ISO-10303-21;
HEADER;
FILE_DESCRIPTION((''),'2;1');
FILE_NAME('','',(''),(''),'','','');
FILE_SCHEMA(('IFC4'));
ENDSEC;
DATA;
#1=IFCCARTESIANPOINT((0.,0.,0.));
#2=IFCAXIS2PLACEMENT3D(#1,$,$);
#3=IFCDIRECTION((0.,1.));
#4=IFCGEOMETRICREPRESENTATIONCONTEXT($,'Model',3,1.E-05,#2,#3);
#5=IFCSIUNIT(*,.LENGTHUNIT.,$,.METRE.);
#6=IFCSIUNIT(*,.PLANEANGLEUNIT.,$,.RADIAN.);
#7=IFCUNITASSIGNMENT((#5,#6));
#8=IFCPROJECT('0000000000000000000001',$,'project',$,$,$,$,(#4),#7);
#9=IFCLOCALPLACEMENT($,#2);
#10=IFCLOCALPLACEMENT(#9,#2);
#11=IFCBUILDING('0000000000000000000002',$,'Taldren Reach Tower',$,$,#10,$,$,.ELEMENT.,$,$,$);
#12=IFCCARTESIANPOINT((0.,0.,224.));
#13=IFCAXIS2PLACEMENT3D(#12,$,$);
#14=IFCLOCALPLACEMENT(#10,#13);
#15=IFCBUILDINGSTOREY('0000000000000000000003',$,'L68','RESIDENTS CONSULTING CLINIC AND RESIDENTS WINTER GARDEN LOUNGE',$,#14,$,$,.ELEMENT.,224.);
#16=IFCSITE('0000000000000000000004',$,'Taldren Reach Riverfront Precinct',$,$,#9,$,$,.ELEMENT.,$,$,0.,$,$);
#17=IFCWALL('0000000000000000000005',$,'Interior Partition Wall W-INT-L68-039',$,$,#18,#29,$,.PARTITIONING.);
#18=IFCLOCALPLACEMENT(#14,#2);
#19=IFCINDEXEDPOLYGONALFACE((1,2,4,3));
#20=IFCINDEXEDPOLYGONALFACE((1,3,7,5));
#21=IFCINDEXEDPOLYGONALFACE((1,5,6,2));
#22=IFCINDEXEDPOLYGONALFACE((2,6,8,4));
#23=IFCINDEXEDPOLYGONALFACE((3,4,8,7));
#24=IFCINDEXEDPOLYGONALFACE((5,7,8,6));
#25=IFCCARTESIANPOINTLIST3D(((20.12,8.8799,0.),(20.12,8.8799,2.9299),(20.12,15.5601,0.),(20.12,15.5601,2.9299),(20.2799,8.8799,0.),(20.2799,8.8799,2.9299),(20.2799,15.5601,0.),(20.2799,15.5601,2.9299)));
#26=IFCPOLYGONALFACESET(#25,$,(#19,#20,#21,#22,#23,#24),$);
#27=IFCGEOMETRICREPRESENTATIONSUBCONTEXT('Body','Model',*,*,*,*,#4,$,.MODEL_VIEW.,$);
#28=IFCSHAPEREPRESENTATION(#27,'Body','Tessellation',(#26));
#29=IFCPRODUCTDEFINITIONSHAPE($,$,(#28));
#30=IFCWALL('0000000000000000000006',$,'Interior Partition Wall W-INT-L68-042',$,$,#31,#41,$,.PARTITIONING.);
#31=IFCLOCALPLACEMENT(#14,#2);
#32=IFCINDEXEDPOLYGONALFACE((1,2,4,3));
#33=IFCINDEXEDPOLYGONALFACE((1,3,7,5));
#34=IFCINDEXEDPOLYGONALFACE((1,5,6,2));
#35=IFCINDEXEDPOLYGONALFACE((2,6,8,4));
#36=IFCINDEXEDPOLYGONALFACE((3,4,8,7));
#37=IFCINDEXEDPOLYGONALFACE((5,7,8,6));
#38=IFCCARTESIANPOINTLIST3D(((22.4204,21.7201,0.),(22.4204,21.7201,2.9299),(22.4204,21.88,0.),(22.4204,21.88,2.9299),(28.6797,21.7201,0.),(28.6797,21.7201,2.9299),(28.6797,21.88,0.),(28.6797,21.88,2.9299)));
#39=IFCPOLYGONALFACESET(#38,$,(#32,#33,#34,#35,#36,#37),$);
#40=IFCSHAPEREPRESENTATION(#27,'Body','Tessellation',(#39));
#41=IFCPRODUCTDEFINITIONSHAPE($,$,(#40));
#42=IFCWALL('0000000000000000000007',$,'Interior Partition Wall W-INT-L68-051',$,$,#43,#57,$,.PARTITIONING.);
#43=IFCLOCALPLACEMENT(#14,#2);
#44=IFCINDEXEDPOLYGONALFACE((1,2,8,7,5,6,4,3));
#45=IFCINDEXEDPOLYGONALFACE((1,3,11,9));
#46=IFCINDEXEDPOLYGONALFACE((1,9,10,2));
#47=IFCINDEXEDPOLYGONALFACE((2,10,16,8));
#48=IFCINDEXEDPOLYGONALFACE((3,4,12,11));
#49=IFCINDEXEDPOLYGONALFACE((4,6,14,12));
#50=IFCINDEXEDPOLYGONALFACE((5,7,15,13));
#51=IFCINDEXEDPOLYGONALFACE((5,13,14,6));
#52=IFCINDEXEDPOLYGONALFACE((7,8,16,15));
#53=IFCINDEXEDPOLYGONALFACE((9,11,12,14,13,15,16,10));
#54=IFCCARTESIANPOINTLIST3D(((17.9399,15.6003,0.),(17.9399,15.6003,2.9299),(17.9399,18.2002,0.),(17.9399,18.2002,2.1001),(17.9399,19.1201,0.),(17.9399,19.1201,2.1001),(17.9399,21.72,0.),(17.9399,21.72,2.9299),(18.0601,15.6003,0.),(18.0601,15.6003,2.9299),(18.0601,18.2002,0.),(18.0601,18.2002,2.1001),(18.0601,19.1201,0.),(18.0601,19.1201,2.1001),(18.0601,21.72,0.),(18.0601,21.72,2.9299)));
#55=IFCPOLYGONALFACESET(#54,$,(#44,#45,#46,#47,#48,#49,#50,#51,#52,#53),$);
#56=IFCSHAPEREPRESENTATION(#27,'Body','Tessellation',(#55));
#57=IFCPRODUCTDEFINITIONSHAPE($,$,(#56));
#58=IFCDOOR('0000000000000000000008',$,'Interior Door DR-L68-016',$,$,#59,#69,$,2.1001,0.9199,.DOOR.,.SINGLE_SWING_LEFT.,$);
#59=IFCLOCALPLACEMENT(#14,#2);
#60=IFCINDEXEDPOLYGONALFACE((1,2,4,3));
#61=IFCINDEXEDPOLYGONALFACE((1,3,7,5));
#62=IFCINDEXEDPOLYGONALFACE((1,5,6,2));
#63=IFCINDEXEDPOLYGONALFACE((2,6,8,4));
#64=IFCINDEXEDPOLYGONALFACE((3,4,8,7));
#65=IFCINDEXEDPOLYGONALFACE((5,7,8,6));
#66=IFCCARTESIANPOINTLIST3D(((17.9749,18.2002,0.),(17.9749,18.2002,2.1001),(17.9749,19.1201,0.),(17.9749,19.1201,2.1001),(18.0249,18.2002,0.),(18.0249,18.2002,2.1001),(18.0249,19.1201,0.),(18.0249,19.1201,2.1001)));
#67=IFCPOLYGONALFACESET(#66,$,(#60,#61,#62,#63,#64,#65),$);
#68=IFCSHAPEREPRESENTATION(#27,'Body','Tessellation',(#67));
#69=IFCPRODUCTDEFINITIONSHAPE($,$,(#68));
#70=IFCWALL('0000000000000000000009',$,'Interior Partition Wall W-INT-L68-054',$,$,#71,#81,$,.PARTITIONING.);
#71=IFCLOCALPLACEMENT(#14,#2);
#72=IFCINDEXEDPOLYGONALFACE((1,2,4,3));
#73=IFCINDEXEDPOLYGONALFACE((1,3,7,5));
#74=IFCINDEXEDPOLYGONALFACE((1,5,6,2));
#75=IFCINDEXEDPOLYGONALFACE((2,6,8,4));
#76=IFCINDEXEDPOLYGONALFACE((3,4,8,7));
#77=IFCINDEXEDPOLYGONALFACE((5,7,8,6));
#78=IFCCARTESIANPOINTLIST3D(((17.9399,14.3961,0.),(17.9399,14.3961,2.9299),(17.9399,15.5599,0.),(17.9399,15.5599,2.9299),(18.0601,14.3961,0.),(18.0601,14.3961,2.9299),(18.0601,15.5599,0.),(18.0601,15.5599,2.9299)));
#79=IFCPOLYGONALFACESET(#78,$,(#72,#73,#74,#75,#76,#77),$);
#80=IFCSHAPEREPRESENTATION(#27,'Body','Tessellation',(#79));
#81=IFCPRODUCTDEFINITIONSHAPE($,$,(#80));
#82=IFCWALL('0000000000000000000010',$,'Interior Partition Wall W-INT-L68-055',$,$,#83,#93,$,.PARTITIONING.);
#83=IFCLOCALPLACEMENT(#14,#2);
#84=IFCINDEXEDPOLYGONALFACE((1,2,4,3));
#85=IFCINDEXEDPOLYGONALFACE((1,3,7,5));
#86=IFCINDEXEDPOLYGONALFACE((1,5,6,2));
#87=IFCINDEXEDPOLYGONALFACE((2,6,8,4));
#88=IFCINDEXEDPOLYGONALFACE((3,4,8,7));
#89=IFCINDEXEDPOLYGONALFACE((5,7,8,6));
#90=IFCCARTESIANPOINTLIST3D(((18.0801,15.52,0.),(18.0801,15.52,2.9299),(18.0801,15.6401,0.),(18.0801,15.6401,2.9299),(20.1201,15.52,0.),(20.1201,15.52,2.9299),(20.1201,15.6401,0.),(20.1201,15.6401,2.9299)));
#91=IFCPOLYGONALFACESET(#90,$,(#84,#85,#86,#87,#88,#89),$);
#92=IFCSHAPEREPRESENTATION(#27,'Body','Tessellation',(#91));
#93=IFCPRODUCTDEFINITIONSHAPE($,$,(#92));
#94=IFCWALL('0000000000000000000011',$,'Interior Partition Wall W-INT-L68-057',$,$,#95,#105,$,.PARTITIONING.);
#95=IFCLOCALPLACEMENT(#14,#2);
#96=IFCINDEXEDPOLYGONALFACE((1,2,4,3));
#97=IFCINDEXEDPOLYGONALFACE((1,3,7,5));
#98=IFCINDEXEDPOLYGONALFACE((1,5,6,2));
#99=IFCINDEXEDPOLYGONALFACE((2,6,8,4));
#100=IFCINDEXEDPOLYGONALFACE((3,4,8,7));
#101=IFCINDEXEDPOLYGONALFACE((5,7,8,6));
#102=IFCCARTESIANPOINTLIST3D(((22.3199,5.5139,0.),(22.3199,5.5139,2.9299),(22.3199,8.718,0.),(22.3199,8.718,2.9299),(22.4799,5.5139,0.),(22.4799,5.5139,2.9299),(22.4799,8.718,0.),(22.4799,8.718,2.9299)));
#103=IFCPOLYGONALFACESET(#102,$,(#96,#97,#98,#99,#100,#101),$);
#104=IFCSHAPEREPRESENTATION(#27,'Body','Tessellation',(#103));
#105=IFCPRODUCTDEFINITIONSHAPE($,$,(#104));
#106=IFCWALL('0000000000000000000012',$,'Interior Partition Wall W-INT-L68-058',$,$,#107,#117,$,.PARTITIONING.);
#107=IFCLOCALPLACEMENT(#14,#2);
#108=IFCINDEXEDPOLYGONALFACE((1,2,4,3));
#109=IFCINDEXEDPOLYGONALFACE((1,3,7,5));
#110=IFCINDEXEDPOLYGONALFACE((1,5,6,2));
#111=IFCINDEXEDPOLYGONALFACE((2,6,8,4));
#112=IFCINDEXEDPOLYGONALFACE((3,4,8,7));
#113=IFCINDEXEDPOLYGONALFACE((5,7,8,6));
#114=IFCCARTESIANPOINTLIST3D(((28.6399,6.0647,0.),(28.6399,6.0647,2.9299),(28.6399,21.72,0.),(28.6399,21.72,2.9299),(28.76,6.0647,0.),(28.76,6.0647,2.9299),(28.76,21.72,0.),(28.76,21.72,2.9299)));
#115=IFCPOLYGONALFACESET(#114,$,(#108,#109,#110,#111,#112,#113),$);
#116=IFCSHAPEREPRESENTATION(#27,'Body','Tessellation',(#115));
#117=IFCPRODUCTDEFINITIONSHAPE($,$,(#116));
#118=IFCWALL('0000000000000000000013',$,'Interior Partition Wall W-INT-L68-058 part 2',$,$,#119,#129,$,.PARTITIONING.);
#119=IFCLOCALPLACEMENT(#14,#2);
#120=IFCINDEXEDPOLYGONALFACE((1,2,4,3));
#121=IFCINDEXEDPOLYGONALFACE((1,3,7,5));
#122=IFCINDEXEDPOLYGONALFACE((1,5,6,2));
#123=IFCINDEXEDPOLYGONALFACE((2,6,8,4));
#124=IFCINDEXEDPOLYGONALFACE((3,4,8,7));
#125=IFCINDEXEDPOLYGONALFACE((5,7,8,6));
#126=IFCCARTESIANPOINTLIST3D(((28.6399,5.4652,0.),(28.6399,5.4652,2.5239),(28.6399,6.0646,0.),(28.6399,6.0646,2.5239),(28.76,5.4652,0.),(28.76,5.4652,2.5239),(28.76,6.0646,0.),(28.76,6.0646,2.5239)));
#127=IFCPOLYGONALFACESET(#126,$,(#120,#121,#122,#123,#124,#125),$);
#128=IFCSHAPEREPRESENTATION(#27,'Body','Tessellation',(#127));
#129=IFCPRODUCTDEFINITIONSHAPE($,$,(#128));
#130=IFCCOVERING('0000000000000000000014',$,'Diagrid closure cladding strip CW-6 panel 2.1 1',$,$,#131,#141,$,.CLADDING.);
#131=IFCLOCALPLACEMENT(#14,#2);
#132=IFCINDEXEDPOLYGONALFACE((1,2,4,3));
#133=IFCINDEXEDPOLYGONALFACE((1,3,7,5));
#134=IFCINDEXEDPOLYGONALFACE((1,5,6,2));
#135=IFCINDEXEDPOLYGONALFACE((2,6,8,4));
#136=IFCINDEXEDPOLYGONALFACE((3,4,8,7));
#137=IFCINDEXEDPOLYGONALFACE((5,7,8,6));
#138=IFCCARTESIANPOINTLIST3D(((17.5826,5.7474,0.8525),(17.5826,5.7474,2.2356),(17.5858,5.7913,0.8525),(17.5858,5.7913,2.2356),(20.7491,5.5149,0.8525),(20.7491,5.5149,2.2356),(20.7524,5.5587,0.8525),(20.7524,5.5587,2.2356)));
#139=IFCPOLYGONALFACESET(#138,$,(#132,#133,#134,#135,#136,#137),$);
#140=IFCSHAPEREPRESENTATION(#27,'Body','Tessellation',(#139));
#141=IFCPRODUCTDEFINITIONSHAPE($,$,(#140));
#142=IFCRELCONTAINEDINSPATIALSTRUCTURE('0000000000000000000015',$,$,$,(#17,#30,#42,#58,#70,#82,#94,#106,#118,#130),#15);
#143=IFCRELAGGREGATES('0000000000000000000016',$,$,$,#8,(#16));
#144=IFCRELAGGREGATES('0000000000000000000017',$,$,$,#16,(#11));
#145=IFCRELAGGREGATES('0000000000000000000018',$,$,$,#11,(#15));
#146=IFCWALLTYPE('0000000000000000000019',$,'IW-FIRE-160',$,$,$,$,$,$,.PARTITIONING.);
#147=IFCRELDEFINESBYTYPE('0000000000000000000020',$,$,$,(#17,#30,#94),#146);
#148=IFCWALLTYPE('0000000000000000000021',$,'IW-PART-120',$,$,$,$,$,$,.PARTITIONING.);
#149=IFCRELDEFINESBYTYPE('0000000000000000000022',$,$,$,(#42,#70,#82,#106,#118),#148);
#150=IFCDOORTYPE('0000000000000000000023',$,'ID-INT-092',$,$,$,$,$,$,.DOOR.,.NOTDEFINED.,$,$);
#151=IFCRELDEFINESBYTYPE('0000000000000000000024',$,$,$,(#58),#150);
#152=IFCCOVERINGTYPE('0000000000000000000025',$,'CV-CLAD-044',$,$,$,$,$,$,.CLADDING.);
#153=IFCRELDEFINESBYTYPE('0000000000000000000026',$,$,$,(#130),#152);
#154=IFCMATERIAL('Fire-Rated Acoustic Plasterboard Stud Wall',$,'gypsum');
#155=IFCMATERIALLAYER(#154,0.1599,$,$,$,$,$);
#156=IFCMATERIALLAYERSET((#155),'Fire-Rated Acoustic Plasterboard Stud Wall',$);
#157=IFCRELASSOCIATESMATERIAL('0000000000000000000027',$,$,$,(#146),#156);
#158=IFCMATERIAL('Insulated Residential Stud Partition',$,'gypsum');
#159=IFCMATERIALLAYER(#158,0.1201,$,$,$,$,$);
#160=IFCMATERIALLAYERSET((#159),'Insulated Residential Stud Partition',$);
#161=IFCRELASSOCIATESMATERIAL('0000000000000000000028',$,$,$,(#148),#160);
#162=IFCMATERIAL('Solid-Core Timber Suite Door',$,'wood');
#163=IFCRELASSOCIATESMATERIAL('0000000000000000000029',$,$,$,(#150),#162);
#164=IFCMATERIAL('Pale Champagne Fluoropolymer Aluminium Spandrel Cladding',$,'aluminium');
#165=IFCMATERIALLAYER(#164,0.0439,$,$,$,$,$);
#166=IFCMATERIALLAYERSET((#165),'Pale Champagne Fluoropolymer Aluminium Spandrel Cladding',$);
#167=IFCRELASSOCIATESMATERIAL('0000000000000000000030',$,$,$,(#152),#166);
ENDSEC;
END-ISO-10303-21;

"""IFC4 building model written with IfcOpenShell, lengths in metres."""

from ifc_helpers import new_model, si_unit, direction, frame, frame_2d, origin, origin_2d, place, context, subcontext, project, spatial, rectangle, extrude, source, transform, mapped, material, layer, layer_set, type_object, element, fill, save


model = new_model("IFC4")

# Units and contexts
model_context = context("Model", 3, precision=1e-05, world=origin(), true_north=direction((0.0, 1.0)))
body_context = subcontext(model_context, "Body", "Model", "MODEL_VIEW")
ifc_project = project(units=[si_unit("LENGTHUNIT", "METRE"), si_unit("PLANEANGLEUNIT", "RADIAN")], contexts=[model_context])

# Site, building, storey
site_placement = place(None, origin())
site = spatial("IfcSite", under=ifc_project, at=site_placement, Name="Taldren Reach Riverfront Precinct", CompositionType="ELEMENT", RefElevation=0.0)
building_placement = place(site_placement, origin())
building = spatial("IfcBuilding", under=site, at=building_placement, Name="Taldren Reach Tower", CompositionType="ELEMENT")
storey_placement = place(building_placement, frame((0.0, 0.0, 224.0)))
storey = spatial("IfcBuildingStorey", under=building, at=storey_placement, Name="L68", Description="RESIDENTS CONSULTING CLINIC AND RESIDENTS WINTER GARDEN LOUNGE", CompositionType="ELEMENT", Elevation=224.0)

# Shared definitions
ifc_material_1 = material(Name="Fire-Rated Acoustic Plasterboard Stud Wall", Category="gypsum")
ifc_layer_1 = layer(ifc_material_1, 0.1599)
ifc_layer_set_1 = layer_set([ifc_layer_1], Name="Fire-Rated Acoustic Plasterboard Stud Wall")
wall_type_1 = type_object("IfcWallType", Name="IW-FIRE-160", PredefinedType="PARTITIONING", material=ifc_layer_set_1)
ifc_material_2 = material(Name="Insulated Residential Stud Partition", Category="gypsum")
ifc_layer_2 = layer(ifc_material_2, 0.1201)
ifc_layer_set_2 = layer_set([ifc_layer_2], Name="Insulated Residential Stud Partition")
wall_type_2 = type_object("IfcWallType", Name="IW-PART-120", PredefinedType="PARTITIONING", material=ifc_layer_set_2)

# Shared definitions
ifc_material_3 = material(Name="Solid-Core Timber Suite Door", Category="wood")
door_type = type_object("IfcDoorType", Name="ID-INT-092", OperationType="NOTDEFINED", PredefinedType="DOOR", material=ifc_material_3)
shared_shape_1 = source(origin(), body_context, "Body", "SweptSolid", [
    extrude(rectangle(XDim=0.9199, YDim=2.1001, at=frame_2d((0.46, 1.05))), frame((0.0, 0.0249, 0.0), z_axis=(0.0, -1.0, 0.0), x_axis=(1.0, 0.0, 0.0)), (0.0, 0.0, 1.0), 0.05),
])

# Walls
shared_shape_2 = source(origin(), body_context, "Body", "SweptSolid", [
    extrude(rectangle(XDim=6.6802, YDim=0.1599, at=frame_2d((3.3401, 0.0))), origin(), (0.0, 0.0, 1.0), 2.9299),
])
wall_1_placement = place(storey_placement, frame((20.2, 8.8799, 0.0), z_axis=(0.0, 0.0, 1.0), x_axis=(0.0, 1.0, 0.0)))
element("IfcWall", 1, at=wall_1_placement, inside=storey, type_object=wall_type_1, Name="Interior Partition Wall W-INT-L68-039", PredefinedType="PARTITIONING", context=body_context, shape_type="MappedRepresentation", body=[
    mapped(shared_shape_2, transform((0.0, 0.0, 0.0), scale=1.0)),
])
shared_shape_3 = source(origin(), body_context, "Body", "SweptSolid", [
    extrude(rectangle(XDim=6.2593, YDim=0.1599, at=frame_2d((3.1296, 0.0))), origin(), (0.0, 0.0, 1.0), 2.9299),
])
wall_2_placement = place(storey_placement, frame((28.6797, 21.8, 0.0), z_axis=(0.0, 0.0, 1.0), x_axis=(-1.0, 0.0, 0.0)))
element("IfcWall", 2, at=wall_2_placement, inside=storey, type_object=wall_type_1, Name="Interior Partition Wall W-INT-L68-042", PredefinedType="PARTITIONING", context=body_context, shape_type="MappedRepresentation", body=[
    mapped(shared_shape_3, transform((0.0, 0.0, 0.0), scale=1.0)),
])

# Wall, opening, door
shared_shape_4 = source(origin(), body_context, "Body", "SweptSolid", [
    extrude(rectangle(XDim=6.1196, YDim=0.1201, at=frame_2d((3.0598, 0.0))), origin(), (0.0, 0.0, 1.0), 2.9299),
])
wall_3_placement = place(storey_placement, frame((18.0, 21.72, 0.0), z_axis=(0.0, 0.0, 1.0), x_axis=(0.0, -1.0, 0.0)))
wall_3 = element("IfcWall", 3, at=wall_3_placement, inside=storey, type_object=wall_type_2, Name="Interior Partition Wall W-INT-L68-051", PredefinedType="PARTITIONING", context=body_context, shape_type="MappedRepresentation", body=[
    mapped(shared_shape_4, transform((0.0, 0.0, 0.0), scale=1.0)),
])
shared_shape_5 = source(origin(), body_context, "Body", "SweptSolid", [
    extrude(rectangle(XDim=0.9199, YDim=2.1001, at=frame_2d((0.46, 1.05))), frame((0.0, 0.0701, 0.0), z_axis=(0.0, -1.0, 0.0), x_axis=(1.0, 0.0, 0.0)), (0.0, 0.0, 1.0), 0.1401),
])
opening_1_placement = place(wall_3_placement, frame((2.5999, 0.0, 0.0)))
opening_1 = element("IfcOpeningElement", 4, at=opening_1_placement, cuts=wall_3, PredefinedType="OPENING", context=body_context, shape_type="MappedRepresentation", body=[
    mapped(shared_shape_5, transform((0.0, 0.0, 0.0), scale=1.0)),
])
door_1_placement = place(opening_1_placement, origin())
door_1 = element("IfcDoor", 5, at=door_1_placement, inside=storey, type_object=door_type, Name="Interior Door DR-L68-016", OperationType="SINGLE_SWING_LEFT", OverallHeight=2.1001, OverallWidth=0.9199, PredefinedType="DOOR", context=body_context, shape_type="MappedRepresentation", body=[
    mapped(shared_shape_1, transform((0.0, 0.0, 0.0), scale=1.0)),
])
fill(opening_1, door_1)

# Walls
shared_shape_6 = source(origin(), body_context, "Body", "SweptSolid", [
    extrude(rectangle(XDim=1.1638, YDim=0.1201, at=frame_2d((0.582, 0.0))), origin(), (0.0, 0.0, 1.0), 2.9299),
])
wall_4_placement = place(storey_placement, frame((18.0, 15.5601, 0.0), z_axis=(0.0, 0.0, 1.0), x_axis=(0.0, -1.0, 0.0)))
element("IfcWall", 6, at=wall_4_placement, inside=storey, type_object=wall_type_2, Name="Interior Partition Wall W-INT-L68-054", PredefinedType="PARTITIONING", context=body_context, shape_type="MappedRepresentation", body=[
    mapped(shared_shape_6, transform((0.0, 0.0, 0.0), scale=1.0)),
])
shared_shape_7 = source(origin(), body_context, "Body", "SweptSolid", [
    extrude(rectangle(XDim=2.04, YDim=0.1201, at=frame_2d((1.02, 0.0))), origin(), (0.0, 0.0, 1.0), 2.9299),
])
wall_5_placement = place(storey_placement, frame((20.1201, 15.5801, 0.0), z_axis=(0.0, 0.0, 1.0), x_axis=(-1.0, 0.0, 0.0)))
element("IfcWall", 7, at=wall_5_placement, inside=storey, type_object=wall_type_2, Name="Interior Partition Wall W-INT-L68-055", PredefinedType="PARTITIONING", context=body_context, shape_type="MappedRepresentation", body=[
    mapped(shared_shape_7, transform((0.0, 0.0, 0.0), scale=1.0)),
])
shared_shape_8 = source(origin(), body_context, "Body", "SweptSolid", [
    extrude(rectangle(XDim=3.2041, YDim=0.1599, at=frame_2d((1.6021, 0.0))), origin(), (0.0, 0.0, 1.0), 2.9299),
])
wall_6_placement = place(storey_placement, frame((22.3999, 8.718, 0.0), z_axis=(0.0, 0.0, 1.0), x_axis=(0.0, -1.0, 0.0)))
element("IfcWall", 8, at=wall_6_placement, inside=storey, type_object=wall_type_1, Name="Interior Partition Wall W-INT-L68-057", PredefinedType="PARTITIONING", context=body_context, shape_type="MappedRepresentation", body=[
    mapped(shared_shape_8, transform((0.0, 0.0, 0.0), scale=1.0)),
])
shared_shape_9 = source(origin(), body_context, "Body", "SweptSolid", [
    extrude(rectangle(XDim=15.6553, YDim=0.1201, at=frame_2d((7.8276, 0.0))), origin(), (0.0, 0.0, 1.0), 2.9299),
])
wall_7_placement = place(storey_placement, frame((28.7, 21.72, 0.0), z_axis=(0.0, 0.0, 1.0), x_axis=(0.0, -1.0, 0.0)))
element("IfcWall", 9, at=wall_7_placement, inside=storey, type_object=wall_type_2, Name="Interior Partition Wall W-INT-L68-058", PredefinedType="PARTITIONING", context=body_context, shape_type="MappedRepresentation", body=[
    mapped(shared_shape_9, transform((0.0, 0.0, 0.0), scale=1.0)),
])
shared_shape_10 = source(origin(), body_context, "Body", "SweptSolid", [
    extrude(rectangle(XDim=0.5994, YDim=0.1201, at=frame_2d((0.2998, 0.0))), origin(), (0.0, 0.0, 1.0), 2.5239),
])
wall_8_placement = place(storey_placement, frame((28.7, 6.0647, 0.0), z_axis=(0.0, 0.0, 1.0), x_axis=(0.0, -1.0, 0.0)))
element("IfcWall", 10, at=wall_8_placement, inside=storey, type_object=wall_type_2, Name="Interior Partition Wall W-INT-L68-058 part 2", PredefinedType="PARTITIONING", context=body_context, shape_type="MappedRepresentation", body=[
    mapped(shared_shape_10, transform((0.0, 0.0, 0.0), scale=1.0)),
])

# Covering
ifc_material_4 = material(Name="Pale Champagne Fluoropolymer Aluminium Spandrel Cladding", Category="aluminium")
ifc_layer_3 = layer(ifc_material_4, 0.0439)
ifc_layer_set_3 = layer_set([ifc_layer_3], Name="Pale Champagne Fluoropolymer Aluminium Spandrel Cladding")
covering_type = type_object("IfcCoveringType", Name="CV-CLAD-044", PredefinedType="CLADDING", material=ifc_layer_set_3)
shared_shape_11 = source(origin(), body_context, "Body", "SweptSolid", [
    extrude(rectangle(XDim=3.175, YDim=0.0439, at=origin_2d()), origin(), (0.0, 0.0, 1.0), 1.3831),
])
covering_placement = place(storey_placement, frame((19.1675, 5.6531, 0.8525), z_axis=(0.0, 0.0, 1.0), x_axis=(0.997314, -0.073238, 0.0)))
element("IfcCovering", 11, at=covering_placement, inside=storey, type_object=covering_type, Name="Diagrid closure cladding strip CW-6 panel 2.1 1", PredefinedType="CLADDING", context=body_context, shape_type="MappedRepresentation", body=[
    mapped(shared_shape_11, transform((0.0, 0.0, 0.0), scale=1.0)),
])

save(model, "model.ifc")
